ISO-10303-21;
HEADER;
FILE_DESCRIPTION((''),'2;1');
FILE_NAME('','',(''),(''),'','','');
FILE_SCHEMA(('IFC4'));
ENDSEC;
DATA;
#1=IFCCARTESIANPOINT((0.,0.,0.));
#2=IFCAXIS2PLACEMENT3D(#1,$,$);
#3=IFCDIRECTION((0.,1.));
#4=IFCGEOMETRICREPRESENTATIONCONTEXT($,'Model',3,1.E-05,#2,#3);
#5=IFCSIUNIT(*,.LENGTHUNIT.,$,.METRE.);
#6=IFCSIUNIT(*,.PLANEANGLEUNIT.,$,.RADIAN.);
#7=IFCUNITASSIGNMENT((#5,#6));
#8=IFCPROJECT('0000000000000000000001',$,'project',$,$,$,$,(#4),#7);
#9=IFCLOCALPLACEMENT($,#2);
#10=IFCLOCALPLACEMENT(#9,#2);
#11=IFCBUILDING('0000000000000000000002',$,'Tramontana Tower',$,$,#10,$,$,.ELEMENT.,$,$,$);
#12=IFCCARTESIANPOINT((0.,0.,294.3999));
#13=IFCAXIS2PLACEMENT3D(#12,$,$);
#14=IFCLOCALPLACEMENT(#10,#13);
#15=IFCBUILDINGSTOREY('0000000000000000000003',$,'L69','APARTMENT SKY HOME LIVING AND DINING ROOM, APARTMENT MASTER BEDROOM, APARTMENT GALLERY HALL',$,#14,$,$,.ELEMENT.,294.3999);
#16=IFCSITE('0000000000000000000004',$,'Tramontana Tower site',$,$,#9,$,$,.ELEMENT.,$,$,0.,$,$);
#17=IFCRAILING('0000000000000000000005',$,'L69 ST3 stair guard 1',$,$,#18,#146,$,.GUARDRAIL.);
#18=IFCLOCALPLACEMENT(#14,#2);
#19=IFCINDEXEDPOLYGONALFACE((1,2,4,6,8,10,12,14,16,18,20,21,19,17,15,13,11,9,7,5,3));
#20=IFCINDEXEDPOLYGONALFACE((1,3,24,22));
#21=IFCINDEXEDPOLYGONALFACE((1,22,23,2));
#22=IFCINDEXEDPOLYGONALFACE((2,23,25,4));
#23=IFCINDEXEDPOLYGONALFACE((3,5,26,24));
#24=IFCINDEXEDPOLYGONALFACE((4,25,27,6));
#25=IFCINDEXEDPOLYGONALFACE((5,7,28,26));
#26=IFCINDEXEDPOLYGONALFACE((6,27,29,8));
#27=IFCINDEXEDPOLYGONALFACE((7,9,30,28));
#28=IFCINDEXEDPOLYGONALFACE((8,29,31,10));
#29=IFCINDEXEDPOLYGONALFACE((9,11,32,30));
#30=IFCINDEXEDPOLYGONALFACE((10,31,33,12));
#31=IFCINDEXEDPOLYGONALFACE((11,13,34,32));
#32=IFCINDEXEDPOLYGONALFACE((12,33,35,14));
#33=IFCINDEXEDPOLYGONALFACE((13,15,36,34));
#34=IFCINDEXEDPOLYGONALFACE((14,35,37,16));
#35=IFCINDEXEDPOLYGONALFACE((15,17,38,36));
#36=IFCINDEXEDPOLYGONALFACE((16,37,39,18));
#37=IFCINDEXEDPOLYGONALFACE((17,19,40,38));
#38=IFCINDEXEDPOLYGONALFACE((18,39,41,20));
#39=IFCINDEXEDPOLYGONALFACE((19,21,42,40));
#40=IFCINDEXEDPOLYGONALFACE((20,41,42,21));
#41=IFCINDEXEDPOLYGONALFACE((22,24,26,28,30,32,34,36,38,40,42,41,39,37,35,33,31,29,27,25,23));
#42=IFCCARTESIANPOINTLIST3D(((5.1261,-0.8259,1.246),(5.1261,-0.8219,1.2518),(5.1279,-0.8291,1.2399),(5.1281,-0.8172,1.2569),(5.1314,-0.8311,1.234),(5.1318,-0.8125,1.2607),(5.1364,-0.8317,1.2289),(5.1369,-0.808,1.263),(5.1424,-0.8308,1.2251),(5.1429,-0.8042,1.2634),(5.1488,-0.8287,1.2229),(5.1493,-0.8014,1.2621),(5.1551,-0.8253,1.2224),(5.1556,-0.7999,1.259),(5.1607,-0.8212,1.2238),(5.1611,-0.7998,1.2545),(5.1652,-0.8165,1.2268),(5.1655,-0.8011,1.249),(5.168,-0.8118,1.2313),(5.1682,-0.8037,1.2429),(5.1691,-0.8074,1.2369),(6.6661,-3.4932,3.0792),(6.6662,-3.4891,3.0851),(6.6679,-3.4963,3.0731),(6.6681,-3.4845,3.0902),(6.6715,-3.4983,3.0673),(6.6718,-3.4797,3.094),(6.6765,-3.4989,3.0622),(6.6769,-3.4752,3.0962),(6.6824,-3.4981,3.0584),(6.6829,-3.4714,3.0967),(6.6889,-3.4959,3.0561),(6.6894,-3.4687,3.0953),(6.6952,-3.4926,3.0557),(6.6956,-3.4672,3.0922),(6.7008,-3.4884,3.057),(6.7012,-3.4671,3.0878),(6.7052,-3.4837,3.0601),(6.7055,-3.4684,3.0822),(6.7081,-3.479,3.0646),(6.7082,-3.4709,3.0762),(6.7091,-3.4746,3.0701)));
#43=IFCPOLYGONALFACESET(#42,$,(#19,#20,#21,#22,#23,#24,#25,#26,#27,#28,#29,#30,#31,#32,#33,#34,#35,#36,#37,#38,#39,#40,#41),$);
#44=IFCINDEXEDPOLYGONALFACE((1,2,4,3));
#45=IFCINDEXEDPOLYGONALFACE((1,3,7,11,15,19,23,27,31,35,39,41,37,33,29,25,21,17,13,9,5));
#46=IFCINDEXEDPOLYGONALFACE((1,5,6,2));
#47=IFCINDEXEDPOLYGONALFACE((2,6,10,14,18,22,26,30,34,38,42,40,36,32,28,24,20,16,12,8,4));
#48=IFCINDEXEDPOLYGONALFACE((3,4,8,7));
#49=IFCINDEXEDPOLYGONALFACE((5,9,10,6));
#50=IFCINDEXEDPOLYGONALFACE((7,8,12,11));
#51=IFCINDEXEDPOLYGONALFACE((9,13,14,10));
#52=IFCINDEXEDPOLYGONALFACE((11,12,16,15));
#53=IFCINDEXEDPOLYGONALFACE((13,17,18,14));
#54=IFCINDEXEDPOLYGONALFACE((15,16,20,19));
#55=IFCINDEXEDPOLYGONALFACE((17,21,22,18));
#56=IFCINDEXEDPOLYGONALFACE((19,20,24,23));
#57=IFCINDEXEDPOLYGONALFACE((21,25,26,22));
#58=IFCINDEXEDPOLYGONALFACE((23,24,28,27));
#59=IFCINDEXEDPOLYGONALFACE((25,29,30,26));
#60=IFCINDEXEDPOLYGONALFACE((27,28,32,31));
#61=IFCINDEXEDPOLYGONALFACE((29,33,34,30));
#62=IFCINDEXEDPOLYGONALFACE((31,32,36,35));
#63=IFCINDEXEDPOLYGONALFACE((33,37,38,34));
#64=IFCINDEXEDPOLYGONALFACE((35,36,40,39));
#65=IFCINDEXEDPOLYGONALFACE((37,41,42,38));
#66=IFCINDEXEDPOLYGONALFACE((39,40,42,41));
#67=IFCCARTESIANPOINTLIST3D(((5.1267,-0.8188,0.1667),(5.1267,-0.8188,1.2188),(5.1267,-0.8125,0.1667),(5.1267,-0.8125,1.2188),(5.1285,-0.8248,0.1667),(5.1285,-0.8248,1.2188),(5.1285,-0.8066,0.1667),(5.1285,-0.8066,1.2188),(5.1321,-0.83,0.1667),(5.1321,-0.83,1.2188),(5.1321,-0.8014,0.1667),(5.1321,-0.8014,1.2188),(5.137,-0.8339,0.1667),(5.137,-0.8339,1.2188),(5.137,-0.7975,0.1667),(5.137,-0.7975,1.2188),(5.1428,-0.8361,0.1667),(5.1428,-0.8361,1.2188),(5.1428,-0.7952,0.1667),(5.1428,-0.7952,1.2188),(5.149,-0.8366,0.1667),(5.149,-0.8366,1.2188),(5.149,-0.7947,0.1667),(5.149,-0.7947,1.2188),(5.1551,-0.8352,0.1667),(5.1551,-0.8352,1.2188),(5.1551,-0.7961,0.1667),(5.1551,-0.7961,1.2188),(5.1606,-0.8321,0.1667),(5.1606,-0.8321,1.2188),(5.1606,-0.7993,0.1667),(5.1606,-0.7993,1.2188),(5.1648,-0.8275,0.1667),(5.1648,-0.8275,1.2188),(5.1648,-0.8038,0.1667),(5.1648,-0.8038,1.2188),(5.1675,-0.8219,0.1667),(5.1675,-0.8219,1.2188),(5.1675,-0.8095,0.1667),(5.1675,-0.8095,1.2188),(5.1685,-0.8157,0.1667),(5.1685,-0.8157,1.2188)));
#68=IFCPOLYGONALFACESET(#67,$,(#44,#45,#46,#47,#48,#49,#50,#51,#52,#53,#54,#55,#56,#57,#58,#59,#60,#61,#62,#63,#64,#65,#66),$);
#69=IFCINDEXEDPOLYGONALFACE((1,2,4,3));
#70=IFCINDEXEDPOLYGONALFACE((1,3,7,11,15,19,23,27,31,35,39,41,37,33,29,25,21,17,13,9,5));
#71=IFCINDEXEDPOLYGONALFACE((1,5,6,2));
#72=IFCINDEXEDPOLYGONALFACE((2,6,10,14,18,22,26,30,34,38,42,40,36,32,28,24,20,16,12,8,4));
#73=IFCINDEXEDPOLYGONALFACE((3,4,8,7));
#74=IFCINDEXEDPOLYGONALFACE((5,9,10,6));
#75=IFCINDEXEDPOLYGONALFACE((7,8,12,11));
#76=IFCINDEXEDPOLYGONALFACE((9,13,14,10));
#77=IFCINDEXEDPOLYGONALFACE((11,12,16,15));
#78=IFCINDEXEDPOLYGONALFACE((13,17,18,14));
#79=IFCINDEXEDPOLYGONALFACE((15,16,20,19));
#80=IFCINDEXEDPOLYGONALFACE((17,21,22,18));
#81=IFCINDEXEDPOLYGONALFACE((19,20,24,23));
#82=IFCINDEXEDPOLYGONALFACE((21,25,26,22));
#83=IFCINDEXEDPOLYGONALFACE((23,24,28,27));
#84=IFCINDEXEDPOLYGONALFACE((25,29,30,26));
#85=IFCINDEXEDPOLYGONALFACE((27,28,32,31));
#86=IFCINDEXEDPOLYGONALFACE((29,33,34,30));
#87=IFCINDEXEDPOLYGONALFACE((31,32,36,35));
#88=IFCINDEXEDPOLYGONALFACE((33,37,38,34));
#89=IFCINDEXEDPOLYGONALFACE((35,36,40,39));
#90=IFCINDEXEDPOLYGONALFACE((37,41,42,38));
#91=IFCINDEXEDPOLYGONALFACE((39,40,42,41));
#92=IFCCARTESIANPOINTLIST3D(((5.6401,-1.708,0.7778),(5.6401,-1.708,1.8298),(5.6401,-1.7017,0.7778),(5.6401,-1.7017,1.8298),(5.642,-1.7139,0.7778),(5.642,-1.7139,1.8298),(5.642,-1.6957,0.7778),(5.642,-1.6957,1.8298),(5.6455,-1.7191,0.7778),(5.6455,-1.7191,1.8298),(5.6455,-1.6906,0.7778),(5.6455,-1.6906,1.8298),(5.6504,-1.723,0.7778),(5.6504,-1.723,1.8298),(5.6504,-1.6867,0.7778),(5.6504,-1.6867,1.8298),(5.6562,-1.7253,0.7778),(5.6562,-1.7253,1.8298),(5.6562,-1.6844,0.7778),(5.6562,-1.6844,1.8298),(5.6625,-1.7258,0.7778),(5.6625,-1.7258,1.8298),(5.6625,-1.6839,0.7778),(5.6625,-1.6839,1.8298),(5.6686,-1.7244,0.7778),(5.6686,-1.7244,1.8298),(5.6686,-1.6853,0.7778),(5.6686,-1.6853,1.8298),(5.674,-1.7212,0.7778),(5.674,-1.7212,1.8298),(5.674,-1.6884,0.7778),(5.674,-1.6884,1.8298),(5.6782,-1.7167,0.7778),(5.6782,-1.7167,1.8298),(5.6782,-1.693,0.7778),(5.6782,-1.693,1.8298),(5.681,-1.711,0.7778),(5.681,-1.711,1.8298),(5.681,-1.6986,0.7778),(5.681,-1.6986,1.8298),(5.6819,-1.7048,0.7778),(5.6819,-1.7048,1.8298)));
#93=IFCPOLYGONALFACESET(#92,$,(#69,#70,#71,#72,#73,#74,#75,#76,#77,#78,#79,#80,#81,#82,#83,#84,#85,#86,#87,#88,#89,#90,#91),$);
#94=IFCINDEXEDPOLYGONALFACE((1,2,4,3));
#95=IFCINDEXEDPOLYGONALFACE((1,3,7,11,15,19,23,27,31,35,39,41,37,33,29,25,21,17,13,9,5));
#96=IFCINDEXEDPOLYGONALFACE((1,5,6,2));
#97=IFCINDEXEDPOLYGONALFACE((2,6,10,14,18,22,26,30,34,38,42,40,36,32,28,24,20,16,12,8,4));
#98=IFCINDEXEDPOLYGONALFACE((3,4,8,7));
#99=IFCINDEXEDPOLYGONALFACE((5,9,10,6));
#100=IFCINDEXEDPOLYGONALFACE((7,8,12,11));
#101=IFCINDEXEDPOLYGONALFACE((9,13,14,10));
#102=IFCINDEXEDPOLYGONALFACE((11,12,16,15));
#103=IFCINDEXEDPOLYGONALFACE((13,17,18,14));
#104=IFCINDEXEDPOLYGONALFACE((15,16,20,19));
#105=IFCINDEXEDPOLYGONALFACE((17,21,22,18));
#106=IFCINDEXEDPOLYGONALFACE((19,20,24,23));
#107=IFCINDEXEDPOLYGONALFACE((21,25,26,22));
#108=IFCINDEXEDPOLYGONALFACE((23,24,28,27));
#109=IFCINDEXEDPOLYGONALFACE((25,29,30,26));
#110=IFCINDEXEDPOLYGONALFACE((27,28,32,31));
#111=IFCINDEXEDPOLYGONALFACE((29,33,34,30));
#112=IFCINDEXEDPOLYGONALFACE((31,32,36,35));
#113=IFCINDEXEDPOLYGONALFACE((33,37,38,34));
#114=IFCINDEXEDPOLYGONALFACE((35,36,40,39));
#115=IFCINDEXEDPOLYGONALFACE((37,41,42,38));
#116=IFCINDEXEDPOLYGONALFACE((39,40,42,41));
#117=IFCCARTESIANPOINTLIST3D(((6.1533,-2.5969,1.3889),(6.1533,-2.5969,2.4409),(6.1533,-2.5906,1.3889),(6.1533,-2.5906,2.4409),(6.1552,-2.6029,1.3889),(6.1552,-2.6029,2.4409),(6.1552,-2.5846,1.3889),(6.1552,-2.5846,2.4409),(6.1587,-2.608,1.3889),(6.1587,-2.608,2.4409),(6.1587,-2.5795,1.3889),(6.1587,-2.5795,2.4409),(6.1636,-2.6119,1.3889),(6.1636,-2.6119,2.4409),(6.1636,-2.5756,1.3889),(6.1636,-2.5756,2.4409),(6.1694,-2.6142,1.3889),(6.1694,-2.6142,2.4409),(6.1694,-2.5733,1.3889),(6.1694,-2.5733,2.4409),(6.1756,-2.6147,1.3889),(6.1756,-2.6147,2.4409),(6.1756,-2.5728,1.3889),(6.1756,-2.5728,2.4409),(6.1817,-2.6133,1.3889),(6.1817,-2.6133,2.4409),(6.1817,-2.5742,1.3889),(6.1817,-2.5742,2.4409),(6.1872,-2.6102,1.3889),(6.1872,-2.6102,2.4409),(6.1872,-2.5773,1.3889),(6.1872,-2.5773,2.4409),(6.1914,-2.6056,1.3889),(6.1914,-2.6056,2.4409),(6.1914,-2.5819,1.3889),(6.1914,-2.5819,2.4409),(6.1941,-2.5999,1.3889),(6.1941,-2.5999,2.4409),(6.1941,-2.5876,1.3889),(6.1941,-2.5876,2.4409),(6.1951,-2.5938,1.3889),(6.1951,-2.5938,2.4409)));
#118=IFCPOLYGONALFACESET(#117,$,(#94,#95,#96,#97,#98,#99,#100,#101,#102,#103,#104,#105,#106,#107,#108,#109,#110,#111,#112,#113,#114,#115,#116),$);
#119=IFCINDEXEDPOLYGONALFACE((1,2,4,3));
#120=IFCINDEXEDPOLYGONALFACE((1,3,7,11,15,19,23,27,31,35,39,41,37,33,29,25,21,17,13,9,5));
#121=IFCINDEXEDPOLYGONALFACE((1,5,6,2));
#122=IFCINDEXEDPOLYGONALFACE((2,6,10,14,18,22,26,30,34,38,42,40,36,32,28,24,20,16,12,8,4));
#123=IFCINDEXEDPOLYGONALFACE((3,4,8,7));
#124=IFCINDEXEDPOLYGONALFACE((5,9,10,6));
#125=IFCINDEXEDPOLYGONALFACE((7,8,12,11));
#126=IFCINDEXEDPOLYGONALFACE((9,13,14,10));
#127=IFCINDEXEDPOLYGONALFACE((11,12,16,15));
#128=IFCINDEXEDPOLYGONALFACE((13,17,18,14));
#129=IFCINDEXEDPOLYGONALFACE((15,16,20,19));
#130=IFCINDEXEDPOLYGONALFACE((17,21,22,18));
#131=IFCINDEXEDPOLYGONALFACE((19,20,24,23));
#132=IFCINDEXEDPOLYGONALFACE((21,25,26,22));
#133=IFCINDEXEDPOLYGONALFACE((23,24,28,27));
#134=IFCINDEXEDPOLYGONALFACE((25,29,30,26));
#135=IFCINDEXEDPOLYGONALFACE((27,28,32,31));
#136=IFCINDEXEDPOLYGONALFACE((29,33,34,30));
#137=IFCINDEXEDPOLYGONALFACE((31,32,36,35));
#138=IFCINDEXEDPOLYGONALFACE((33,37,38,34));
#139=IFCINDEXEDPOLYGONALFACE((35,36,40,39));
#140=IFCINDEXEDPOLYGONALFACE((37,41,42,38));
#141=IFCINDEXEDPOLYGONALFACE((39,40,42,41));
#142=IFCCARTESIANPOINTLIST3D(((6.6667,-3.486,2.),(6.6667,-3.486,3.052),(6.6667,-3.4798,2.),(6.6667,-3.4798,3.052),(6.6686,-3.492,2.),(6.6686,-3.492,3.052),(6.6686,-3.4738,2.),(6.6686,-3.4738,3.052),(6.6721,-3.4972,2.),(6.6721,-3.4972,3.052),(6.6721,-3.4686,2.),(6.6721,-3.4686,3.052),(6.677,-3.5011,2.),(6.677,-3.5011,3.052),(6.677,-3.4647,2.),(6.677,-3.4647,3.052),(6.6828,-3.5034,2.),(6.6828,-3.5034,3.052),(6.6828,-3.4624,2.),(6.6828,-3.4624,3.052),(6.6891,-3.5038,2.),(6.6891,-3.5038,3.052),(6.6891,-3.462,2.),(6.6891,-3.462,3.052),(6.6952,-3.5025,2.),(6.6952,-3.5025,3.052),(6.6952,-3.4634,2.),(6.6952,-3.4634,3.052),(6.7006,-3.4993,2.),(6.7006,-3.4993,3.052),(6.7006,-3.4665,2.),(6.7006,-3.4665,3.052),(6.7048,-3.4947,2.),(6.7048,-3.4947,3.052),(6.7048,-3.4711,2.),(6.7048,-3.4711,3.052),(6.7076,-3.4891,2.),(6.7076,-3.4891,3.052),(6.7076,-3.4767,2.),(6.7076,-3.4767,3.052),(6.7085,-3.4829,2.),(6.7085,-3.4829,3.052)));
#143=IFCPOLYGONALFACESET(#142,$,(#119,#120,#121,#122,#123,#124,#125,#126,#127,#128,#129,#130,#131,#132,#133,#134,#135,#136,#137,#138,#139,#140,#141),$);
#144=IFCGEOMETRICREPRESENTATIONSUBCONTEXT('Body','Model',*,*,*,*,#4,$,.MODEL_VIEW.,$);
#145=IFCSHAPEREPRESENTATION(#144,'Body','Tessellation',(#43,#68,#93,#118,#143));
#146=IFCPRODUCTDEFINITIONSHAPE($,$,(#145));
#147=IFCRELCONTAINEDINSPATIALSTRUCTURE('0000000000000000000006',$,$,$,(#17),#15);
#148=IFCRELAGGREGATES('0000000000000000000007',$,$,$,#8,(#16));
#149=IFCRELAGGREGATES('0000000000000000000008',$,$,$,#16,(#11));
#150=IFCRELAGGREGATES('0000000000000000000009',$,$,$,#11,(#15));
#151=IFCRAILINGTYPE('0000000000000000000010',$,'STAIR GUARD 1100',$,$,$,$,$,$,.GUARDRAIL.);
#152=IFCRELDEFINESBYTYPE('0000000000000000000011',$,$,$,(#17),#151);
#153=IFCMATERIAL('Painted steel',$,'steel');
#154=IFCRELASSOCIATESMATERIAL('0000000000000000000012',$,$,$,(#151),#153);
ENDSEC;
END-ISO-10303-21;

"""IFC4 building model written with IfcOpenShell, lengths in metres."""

from ifc_helpers import new_model, si_unit, direction, frame, origin, origin_2d, place, context, subcontext, project, spatial, circle, extrude, material, type_object, element, save


model = new_model("IFC4")

# Units and contexts
model_context = context("Model", 3, precision=1e-05, world=origin(), true_north=direction((0.0, 1.0)))
body_context = subcontext(model_context, "Body", "Model", "MODEL_VIEW")
ifc_project = project(units=[si_unit("LENGTHUNIT", "METRE"), si_unit("PLANEANGLEUNIT", "RADIAN")], contexts=[model_context])

# Site, building, storey
site_placement = place(None, origin())
site = spatial("IfcSite", under=ifc_project, at=site_placement, Name="Tramontana Tower site", CompositionType="ELEMENT", RefElevation=0.0)
building_placement = place(site_placement, origin())
building = spatial("IfcBuilding", under=site, at=building_placement, Name="Tramontana Tower", CompositionType="ELEMENT")
storey_placement = place(building_placement, frame((0.0, 0.0, 294.3999)))
storey = spatial("IfcBuildingStorey", under=building, at=storey_placement, Name="L69", Description="APARTMENT SKY HOME LIVING AND DINING ROOM, APARTMENT MASTER BEDROOM, APARTMENT GALLERY HALL", CompositionType="ELEMENT", Elevation=294.3999)

# Railing
ifc_material_1 = material(Name="Painted steel", Category="steel")
railing_type_1 = type_object("IfcRailingType", Name="STAIR GUARD 1100", PredefinedType="GUARDRAIL", material=ifc_material_1)
railing_1_placement = place(storey_placement, frame((5.1475, -0.8157, 0.1667)))
element("IfcRailing", 1, at=railing_1_placement, inside=storey, type_object=railing_type_1, Name="L69 ST3 stair guard 1", PredefinedType="GUARDRAIL", context=body_context, shape_type="SweptSolid", body=[
    extrude(circle(Radius=0.0239, at=origin_2d()), frame((0.0, 0.0, 1.0762), z_axis=(0.429671, -0.744159, 0.511478), x_axis=(0.86601, 0.500027, 0.0)), (0.0, 0.0, 1.0), 3.5842),
    extrude(circle(Radius=0.021, at=origin_2d()), origin(), (0.0, 0.0, 1.0), 1.052),
    extrude(circle(Radius=0.021, at=origin_2d()), frame((0.5134, -0.8892, 0.6111)), (0.0, 0.0, 1.0), 1.052),
    extrude(circle(Radius=0.021, at=origin_2d()), frame((1.0266, -1.7781, 1.2222)), (0.0, 0.0, 1.0), 1.052),
    extrude(circle(Radius=0.021, at=origin_2d()), frame((1.54, -2.6672, 1.8333)), (0.0, 0.0, 1.0), 1.052),
])

save(model, "model.ifc")
